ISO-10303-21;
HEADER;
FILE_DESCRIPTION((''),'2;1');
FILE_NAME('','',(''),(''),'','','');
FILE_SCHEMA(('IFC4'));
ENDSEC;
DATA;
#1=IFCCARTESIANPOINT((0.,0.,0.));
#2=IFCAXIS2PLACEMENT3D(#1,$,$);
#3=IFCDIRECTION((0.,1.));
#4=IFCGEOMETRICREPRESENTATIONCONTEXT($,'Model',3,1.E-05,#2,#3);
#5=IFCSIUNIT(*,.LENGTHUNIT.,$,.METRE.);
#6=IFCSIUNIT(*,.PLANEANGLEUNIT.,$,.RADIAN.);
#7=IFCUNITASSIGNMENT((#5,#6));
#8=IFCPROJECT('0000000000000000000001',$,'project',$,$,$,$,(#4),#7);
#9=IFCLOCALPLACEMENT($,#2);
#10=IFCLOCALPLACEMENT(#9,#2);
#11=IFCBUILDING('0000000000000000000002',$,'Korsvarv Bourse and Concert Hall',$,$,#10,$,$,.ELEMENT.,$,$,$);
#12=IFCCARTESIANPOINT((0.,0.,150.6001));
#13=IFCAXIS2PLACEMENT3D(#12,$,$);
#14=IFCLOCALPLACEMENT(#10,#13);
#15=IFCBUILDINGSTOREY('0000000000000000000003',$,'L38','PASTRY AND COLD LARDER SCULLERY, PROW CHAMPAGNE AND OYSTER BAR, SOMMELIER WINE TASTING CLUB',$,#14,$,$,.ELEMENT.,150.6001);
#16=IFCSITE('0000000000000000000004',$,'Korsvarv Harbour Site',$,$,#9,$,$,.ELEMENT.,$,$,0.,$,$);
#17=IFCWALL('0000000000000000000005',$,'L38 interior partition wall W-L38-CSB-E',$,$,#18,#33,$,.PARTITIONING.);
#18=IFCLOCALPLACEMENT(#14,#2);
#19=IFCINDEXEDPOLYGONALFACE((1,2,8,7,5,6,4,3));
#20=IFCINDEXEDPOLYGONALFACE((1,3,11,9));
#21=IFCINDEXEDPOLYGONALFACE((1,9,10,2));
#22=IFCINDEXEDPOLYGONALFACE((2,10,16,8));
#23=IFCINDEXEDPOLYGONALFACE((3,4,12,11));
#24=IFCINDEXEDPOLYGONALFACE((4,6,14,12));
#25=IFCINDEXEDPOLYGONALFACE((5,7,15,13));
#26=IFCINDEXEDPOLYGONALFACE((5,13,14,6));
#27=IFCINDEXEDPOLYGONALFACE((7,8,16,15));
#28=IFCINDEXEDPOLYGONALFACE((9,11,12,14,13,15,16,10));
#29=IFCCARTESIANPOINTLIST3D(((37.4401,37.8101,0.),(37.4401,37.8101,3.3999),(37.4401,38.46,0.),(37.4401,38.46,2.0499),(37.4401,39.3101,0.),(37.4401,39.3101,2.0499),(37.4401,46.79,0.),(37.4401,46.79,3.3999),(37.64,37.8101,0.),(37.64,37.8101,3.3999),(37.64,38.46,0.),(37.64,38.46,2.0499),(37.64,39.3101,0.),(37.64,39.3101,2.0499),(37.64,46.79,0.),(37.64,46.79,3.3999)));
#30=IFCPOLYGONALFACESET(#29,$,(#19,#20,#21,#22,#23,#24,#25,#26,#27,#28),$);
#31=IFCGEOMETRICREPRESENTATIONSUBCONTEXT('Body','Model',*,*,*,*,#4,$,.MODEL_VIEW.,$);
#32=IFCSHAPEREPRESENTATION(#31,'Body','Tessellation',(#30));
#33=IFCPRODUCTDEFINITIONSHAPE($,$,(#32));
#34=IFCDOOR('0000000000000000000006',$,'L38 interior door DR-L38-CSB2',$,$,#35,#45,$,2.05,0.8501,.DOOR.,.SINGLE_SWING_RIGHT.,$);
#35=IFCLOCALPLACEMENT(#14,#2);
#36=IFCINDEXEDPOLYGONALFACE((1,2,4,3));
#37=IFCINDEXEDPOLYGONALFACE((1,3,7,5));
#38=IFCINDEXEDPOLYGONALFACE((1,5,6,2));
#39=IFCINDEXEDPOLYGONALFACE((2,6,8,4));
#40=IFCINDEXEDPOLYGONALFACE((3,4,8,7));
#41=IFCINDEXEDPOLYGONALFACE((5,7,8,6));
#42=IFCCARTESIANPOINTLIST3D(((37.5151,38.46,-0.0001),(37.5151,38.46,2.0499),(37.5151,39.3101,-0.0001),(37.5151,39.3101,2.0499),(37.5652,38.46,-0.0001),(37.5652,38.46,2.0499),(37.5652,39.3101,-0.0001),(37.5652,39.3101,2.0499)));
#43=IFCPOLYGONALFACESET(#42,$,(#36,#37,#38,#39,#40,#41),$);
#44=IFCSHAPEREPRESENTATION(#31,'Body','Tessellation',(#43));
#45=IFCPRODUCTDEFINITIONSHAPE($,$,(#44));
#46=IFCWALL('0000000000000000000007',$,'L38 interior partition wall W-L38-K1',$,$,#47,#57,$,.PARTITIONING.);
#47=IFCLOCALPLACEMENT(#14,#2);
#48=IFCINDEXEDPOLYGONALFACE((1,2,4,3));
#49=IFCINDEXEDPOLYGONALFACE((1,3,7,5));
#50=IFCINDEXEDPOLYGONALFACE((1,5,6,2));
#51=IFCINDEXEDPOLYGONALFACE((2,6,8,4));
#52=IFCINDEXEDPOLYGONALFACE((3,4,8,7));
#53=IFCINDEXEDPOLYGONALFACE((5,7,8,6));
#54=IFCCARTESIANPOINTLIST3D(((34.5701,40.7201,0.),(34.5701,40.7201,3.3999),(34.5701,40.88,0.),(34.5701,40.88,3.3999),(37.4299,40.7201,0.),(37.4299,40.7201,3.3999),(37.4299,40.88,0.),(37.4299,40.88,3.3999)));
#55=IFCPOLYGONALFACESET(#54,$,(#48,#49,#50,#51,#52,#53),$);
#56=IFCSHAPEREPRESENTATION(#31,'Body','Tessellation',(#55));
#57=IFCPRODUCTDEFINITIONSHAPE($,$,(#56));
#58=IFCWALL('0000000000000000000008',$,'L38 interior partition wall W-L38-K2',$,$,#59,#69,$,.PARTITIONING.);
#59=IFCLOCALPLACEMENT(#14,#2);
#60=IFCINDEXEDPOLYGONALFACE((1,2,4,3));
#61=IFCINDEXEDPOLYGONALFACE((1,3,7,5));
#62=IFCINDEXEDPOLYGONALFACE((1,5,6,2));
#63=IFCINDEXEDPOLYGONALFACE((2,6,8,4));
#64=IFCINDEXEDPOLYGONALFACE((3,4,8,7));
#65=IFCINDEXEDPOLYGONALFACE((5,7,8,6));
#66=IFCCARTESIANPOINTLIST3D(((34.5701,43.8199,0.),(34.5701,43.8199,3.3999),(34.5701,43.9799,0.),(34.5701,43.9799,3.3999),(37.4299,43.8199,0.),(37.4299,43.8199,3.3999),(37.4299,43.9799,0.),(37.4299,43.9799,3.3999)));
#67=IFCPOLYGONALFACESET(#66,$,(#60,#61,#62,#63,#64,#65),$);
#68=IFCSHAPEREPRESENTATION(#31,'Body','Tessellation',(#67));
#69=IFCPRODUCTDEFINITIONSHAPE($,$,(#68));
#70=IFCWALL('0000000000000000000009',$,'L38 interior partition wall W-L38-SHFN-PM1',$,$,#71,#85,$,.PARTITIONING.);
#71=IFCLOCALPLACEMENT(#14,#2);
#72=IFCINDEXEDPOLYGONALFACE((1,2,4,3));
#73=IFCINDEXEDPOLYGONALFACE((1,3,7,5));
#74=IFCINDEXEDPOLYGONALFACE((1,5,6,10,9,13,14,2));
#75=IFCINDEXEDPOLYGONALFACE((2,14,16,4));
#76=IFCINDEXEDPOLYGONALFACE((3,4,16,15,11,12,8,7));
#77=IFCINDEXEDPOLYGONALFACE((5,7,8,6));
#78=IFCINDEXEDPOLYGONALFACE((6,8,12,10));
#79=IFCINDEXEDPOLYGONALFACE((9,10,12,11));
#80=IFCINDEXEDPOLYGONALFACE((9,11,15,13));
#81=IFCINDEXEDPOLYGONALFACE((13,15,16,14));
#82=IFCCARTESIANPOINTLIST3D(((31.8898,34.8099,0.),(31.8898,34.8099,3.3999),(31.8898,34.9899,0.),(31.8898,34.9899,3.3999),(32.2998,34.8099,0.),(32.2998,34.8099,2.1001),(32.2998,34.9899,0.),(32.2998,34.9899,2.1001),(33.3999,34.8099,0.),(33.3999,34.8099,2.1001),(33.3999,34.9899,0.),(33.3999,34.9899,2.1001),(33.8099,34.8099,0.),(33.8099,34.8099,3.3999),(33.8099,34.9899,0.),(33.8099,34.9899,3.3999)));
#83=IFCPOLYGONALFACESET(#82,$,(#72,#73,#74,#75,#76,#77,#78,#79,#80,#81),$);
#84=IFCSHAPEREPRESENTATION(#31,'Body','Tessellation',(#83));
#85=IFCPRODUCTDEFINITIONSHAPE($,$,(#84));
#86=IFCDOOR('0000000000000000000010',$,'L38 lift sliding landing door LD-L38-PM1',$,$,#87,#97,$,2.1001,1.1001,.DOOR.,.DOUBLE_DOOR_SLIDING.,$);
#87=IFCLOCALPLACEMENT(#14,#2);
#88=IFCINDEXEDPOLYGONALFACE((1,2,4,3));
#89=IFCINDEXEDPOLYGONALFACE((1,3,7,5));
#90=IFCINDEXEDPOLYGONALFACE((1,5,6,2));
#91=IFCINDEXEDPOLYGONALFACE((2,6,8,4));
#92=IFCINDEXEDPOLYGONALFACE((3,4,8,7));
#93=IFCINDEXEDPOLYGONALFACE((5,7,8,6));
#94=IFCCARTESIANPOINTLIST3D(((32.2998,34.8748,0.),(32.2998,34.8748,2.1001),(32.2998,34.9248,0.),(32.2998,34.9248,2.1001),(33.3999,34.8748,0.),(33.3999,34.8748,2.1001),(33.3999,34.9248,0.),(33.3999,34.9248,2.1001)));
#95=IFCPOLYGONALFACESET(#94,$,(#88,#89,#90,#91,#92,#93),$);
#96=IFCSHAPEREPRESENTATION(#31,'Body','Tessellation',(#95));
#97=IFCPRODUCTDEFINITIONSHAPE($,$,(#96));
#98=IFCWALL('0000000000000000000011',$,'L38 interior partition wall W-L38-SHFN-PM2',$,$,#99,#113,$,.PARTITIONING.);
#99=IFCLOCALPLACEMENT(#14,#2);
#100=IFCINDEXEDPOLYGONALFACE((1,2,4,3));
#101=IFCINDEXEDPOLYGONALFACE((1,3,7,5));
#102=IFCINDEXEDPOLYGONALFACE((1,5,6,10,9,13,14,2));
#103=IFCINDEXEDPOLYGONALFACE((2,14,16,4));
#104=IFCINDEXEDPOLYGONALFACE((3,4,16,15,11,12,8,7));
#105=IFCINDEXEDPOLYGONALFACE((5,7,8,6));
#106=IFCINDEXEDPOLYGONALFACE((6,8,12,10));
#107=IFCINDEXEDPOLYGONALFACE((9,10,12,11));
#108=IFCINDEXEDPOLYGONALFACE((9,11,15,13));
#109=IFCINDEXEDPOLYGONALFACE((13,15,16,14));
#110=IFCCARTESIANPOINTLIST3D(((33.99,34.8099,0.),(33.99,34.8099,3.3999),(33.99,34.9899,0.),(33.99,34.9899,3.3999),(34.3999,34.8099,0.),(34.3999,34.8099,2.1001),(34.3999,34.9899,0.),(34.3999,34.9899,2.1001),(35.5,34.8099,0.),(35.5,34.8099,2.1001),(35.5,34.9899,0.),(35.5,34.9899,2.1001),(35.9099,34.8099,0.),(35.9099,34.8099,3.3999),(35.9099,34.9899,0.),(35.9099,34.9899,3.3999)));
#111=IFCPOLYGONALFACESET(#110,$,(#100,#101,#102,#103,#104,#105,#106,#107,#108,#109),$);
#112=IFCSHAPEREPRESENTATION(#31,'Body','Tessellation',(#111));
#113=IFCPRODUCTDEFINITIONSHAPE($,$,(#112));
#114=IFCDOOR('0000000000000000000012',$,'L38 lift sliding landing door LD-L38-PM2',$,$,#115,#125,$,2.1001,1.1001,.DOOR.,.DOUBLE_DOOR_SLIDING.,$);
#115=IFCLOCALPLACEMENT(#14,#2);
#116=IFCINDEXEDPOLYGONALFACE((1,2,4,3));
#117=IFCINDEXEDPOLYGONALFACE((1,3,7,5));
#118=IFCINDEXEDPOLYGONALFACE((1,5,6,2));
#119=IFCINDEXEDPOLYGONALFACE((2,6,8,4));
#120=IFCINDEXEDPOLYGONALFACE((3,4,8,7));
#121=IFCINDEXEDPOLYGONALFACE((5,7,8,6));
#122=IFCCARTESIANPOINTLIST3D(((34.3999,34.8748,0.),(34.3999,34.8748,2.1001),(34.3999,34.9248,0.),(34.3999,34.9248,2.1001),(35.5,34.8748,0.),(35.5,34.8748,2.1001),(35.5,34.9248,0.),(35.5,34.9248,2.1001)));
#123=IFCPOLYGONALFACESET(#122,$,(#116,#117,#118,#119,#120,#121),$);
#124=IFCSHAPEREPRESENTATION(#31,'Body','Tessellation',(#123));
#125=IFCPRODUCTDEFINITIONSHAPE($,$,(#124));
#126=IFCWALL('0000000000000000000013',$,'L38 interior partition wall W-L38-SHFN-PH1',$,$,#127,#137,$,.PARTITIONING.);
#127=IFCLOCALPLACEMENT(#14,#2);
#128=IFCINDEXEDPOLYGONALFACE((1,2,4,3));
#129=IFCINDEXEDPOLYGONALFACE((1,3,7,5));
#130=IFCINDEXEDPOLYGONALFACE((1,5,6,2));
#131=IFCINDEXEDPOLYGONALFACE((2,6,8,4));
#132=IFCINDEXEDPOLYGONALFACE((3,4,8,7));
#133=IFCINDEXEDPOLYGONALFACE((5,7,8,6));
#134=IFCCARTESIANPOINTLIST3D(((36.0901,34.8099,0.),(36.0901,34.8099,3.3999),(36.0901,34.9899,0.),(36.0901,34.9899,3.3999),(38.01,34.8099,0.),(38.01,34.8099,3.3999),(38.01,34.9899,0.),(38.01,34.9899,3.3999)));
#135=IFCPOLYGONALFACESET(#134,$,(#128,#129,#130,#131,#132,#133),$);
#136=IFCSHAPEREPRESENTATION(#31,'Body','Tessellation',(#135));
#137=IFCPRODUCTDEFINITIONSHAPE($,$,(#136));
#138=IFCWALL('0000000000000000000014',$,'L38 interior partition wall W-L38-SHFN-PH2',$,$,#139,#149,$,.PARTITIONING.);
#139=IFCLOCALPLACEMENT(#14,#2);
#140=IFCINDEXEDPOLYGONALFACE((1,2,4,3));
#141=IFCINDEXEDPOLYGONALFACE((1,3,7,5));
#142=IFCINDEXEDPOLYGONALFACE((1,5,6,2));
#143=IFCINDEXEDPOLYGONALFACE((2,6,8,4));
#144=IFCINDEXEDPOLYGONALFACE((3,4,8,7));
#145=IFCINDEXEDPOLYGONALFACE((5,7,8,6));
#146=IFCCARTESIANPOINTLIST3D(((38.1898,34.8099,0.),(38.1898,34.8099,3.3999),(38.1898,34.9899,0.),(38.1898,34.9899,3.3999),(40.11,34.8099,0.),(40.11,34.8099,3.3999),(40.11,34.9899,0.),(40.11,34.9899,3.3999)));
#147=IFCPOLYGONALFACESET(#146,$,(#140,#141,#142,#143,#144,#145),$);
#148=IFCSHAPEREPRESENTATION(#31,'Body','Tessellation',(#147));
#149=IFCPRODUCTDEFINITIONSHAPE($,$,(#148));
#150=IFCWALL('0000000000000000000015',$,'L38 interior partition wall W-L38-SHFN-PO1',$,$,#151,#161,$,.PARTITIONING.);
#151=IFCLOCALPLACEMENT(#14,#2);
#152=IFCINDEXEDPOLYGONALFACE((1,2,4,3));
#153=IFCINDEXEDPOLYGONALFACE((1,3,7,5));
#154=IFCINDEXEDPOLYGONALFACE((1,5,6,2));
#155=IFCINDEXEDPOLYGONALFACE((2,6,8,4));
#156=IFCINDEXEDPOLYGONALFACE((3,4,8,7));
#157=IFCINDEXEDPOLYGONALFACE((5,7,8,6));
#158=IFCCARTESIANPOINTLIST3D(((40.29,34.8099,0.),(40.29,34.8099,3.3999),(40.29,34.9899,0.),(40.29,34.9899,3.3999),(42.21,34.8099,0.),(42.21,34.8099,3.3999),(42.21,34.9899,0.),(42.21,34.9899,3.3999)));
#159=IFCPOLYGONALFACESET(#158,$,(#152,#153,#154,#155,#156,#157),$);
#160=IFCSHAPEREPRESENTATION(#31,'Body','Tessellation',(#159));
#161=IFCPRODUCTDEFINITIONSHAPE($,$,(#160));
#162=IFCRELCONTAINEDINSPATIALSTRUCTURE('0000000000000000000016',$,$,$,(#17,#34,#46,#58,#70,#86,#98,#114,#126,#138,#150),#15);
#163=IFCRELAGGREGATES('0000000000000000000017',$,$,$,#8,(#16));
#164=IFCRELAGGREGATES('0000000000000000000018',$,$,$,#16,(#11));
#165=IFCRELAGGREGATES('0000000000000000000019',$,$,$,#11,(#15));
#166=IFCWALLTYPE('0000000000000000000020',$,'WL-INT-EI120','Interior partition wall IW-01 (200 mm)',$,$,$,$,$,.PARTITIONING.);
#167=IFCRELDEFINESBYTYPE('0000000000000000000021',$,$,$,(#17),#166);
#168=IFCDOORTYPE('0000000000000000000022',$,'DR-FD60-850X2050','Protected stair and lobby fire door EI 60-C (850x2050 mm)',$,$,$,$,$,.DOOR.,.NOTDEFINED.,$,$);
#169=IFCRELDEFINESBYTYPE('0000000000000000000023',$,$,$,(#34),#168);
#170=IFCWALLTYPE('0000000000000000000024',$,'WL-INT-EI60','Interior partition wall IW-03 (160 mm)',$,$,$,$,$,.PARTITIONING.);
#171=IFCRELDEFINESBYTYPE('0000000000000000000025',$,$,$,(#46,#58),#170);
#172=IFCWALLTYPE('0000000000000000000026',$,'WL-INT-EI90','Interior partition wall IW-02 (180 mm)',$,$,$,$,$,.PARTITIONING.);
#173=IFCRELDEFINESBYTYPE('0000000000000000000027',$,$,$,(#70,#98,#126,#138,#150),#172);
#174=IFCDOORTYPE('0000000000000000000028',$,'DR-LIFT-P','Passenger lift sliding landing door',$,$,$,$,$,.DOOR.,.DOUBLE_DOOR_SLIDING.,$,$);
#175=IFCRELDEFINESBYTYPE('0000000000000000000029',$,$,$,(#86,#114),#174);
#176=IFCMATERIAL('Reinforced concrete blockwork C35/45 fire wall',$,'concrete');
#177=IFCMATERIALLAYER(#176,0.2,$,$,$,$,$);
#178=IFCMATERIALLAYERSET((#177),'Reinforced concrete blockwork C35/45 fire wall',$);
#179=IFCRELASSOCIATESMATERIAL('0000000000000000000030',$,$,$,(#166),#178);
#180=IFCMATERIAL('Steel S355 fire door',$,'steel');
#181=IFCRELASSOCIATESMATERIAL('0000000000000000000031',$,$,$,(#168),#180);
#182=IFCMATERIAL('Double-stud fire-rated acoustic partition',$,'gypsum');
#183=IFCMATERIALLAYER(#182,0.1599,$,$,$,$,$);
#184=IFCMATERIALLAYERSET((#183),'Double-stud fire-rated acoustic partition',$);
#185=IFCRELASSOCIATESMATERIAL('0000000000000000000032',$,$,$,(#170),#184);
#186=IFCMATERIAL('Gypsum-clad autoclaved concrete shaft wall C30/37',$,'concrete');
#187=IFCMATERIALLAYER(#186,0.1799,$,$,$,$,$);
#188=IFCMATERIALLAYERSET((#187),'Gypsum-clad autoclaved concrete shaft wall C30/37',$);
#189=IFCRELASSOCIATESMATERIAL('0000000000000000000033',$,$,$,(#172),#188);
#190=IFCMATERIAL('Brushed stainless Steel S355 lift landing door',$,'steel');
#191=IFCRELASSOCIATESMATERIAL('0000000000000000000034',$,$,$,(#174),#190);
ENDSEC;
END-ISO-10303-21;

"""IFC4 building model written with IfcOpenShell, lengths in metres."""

from ifc_helpers import new_model, si_unit, direction, frame, frame_2d, origin, place, context, subcontext, project, spatial, rectangle, extrude, material, layer, layer_set, type_object, element, fill, save


model = new_model("IFC4")

# Units and contexts
model_context = context("Model", 3, precision=1e-05, world=origin(), true_north=direction((0.0, 1.0)))
body_context = subcontext(model_context, "Body", "Model", "MODEL_VIEW")
ifc_project = project(units=[si_unit("LENGTHUNIT", "METRE"), si_unit("PLANEANGLEUNIT", "RADIAN")], contexts=[model_context])

# Site, building, storey
site_placement = place(None, origin())
site = spatial("IfcSite", under=ifc_project, at=site_placement, Name="Korsvarv Harbour Site", CompositionType="ELEMENT", RefElevation=0.0)
building_placement = place(site_placement, origin())
building = spatial("IfcBuilding", under=site, at=building_placement, Name="Korsvarv Bourse and Concert Hall", CompositionType="ELEMENT")
storey_placement = place(building_placement, frame((0.0, 0.0, 150.6001)))
storey = spatial("IfcBuildingStorey", under=building, at=storey_placement, Name="L38", Description="PASTRY AND COLD LARDER SCULLERY, PROW CHAMPAGNE AND OYSTER BAR, SOMMELIER WINE TASTING CLUB", CompositionType="ELEMENT", Elevation=150.6001)

# Shared definitions
ifc_material_1 = material(Name="Steel S355 fire door", Category="steel")

# Wall, opening, door
ifc_material_2 = material(Name="Reinforced concrete blockwork C35/45 fire wall", Category="concrete")
ifc_layer_1 = layer(ifc_material_2, 0.2)
ifc_layer_set_1 = layer_set([ifc_layer_1], Name="Reinforced concrete blockwork C35/45 fire wall")
wall_type_1 = type_object("IfcWallType", Name="WL-INT-EI120", Description="Interior partition wall IW-01 (200 mm)", PredefinedType="PARTITIONING", material=ifc_layer_set_1)
door_type_1 = type_object("IfcDoorType", Name="DR-FD60-850X2050", Description="Protected stair and lobby fire door EI 60-C (850x2050 mm)", OperationType="NOTDEFINED", PredefinedType="DOOR", material=ifc_material_1)
wall_1_placement = place(storey_placement, frame((37.54, 37.8101, 0.0), z_axis=(0.0, 0.0, 1.0), x_axis=(0.0, 1.0, 0.0)))
wall_1 = element("IfcWall", 1, at=wall_1_placement, inside=storey, type_object=wall_type_1, Name="L38 interior partition wall W-L38-CSB-E", PredefinedType="PARTITIONING", context=body_context, shape_type="SweptSolid", body=[
    extrude(rectangle(XDim=8.98, YDim=0.2, at=frame_2d((4.49, 0.0))), origin(), (0.0, 0.0, 1.0), 3.3999),
])
opening_1_placement = place(wall_1_placement, frame((0.6499, 0.0, 0.0)))
opening_1 = element("IfcOpeningElement", 2, at=opening_1_placement, cuts=wall_1, PredefinedType="OPENING", context=body_context, shape_type="SweptSolid", body=[
    extrude(rectangle(XDim=0.8501, YDim=2.05, at=frame_2d((0.425, 1.0249))), frame((0.0, 0.1099, 0.0), z_axis=(0.0, -1.0, 0.0), x_axis=(1.0, 0.0, 0.0)), (0.0, 0.0, 1.0), 0.22),
])
door_1_placement = place(opening_1_placement, origin())
door_1 = element("IfcDoor", 3, at=door_1_placement, inside=storey, type_object=door_type_1, Name="L38 interior door DR-L38-CSB2", OperationType="SINGLE_SWING_RIGHT", OverallHeight=2.05, OverallWidth=0.8501, PredefinedType="DOOR", context=body_context, shape_type="SweptSolid", body=[
    extrude(rectangle(XDim=0.8501, YDim=2.05, at=frame_2d((0.425, 1.0249))), frame((0.0, 0.0249, 0.0), z_axis=(0.0, -1.0, 0.0), x_axis=(1.0, 0.0, 0.0)), (0.0, 0.0, 1.0), 0.05),
])
fill(opening_1, door_1)

# Walls
ifc_material_3 = material(Name="Double-stud fire-rated acoustic partition", Category="gypsum")
ifc_layer_2 = layer(ifc_material_3, 0.1599)
ifc_layer_set_2 = layer_set([ifc_layer_2], Name="Double-stud fire-rated acoustic partition")
wall_type_2 = type_object("IfcWallType", Name="WL-INT-EI60", Description="Interior partition wall IW-03 (160 mm)", PredefinedType="PARTITIONING", material=ifc_layer_set_2)
for number, where, z_axis, x_axis, name in (
    (4, (34.5701, 40.8, 0.0), (0.0, 0.0, 1.0), (1.0, 0.0, 0.0), "L38 interior partition wall W-L38-K1"),
    (5, (34.5701, 43.8999, 0.0), (0.0, 0.0, 1.0), (1.0, 0.0, 0.0), "L38 interior partition wall W-L38-K2"),
):
    element("IfcWall", number, at=place(storey_placement, frame(where, z_axis=z_axis, x_axis=x_axis)), inside=storey, type_object=wall_type_2, Name=name, PredefinedType="PARTITIONING", context=body_context, shape_type="SweptSolid", body=[
        extrude(rectangle(XDim=2.8599, YDim=0.1599, at=frame_2d((1.4299, 0.0))), origin(), (0.0, 0.0, 1.0), 3.3999),
    ])

# Walls, openings, doors
ifc_material_4 = material(Name="Gypsum-clad autoclaved concrete shaft wall C30/37", Category="concrete")
ifc_layer_3 = layer(ifc_material_4, 0.1799)
ifc_layer_set_3 = layer_set([ifc_layer_3], Name="Gypsum-clad autoclaved concrete shaft wall C30/37")
wall_type_3 = type_object("IfcWallType", Name="WL-INT-EI90", Description="Interior partition wall IW-02 (180 mm)", PredefinedType="PARTITIONING", material=ifc_layer_set_3)
wall_2_placement = place(storey_placement, frame((31.8899, 34.8999, 0.0), z_axis=(0.0, 0.0, 1.0), x_axis=(1.0, 0.0, 0.0)))
wall_2 = element("IfcWall", 6, at=wall_2_placement, inside=storey, type_object=wall_type_3, Name="L38 interior partition wall W-L38-SHFN-PM1", PredefinedType="PARTITIONING", context=body_context, shape_type="SweptSolid", body=[
    extrude(rectangle(XDim=1.9202, YDim=0.1799, at=frame_2d((0.96, 0.0))), origin(), (0.0, 0.0, 1.0), 3.3999),
])
opening_2_placement = place(wall_2_placement, frame((0.4099, 0.0, 0.0)))
opening_2 = element("IfcOpeningElement", 7, at=opening_2_placement, cuts=wall_2, PredefinedType="OPENING", context=body_context, shape_type="SweptSolid", body=[
    extrude(rectangle(XDim=1.1001, YDim=2.1001, at=frame_2d((0.55, 1.05))), frame((0.0, 0.1001, 0.0), z_axis=(0.0, -1.0, 0.0), x_axis=(1.0, 0.0, 0.0)), (0.0, 0.0, 1.0), 0.2),
])
ifc_material_5 = material(Name="Brushed stainless Steel S355 lift landing door", Category="steel")
door_type_2 = type_object("IfcDoorType", Name="DR-LIFT-P", Description="Passenger lift sliding landing door", OperationType="DOUBLE_DOOR_SLIDING", PredefinedType="DOOR", material=ifc_material_5)
door_2_placement = place(opening_2_placement, origin())
door_2 = element("IfcDoor", 8, at=door_2_placement, inside=storey, type_object=door_type_2, Name="L38 lift sliding landing door LD-L38-PM1", OperationType="DOUBLE_DOOR_SLIDING", OverallHeight=2.1001, OverallWidth=1.1001, PredefinedType="DOOR", context=body_context, shape_type="SweptSolid", body=[
    extrude(rectangle(XDim=1.1001, YDim=2.1001, at=frame_2d((0.55, 1.05))), frame((0.0, 0.0249, 0.0), z_axis=(0.0, -1.0, 0.0), x_axis=(1.0, 0.0, 0.0)), (0.0, 0.0, 1.0), 0.05),
])
fill(opening_2, door_2)
wall_3_placement = place(storey_placement, frame((33.99, 34.8999, 0.0), z_axis=(0.0, 0.0, 1.0), x_axis=(1.0, 0.0, 0.0)))
wall_3 = element("IfcWall", 9, at=wall_3_placement, inside=storey, type_object=wall_type_3, Name="L38 interior partition wall W-L38-SHFN-PM2", PredefinedType="PARTITIONING", context=body_context, shape_type="SweptSolid", body=[
    extrude(rectangle(XDim=1.9199, YDim=0.1799, at=frame_2d((0.96, 0.0))), origin(), (0.0, 0.0, 1.0), 3.3999),
])
opening_3_placement = place(wall_3_placement, frame((0.4099, 0.0, 0.0)))
opening_3 = element("IfcOpeningElement", 10, at=opening_3_placement, cuts=wall_3, PredefinedType="OPENING", context=body_context, shape_type="SweptSolid", body=[
    extrude(rectangle(XDim=1.1001, YDim=2.1001, at=frame_2d((0.55, 1.05))), frame((0.0, 0.1001, 0.0), z_axis=(0.0, -1.0, 0.0), x_axis=(1.0, 0.0, 0.0)), (0.0, 0.0, 1.0), 0.2),
])
door_3_placement = place(opening_3_placement, origin())
door_3 = element("IfcDoor", 11, at=door_3_placement, inside=storey, type_object=door_type_2, Name="L38 lift sliding landing door LD-L38-PM2", OperationType="DOUBLE_DOOR_SLIDING", OverallHeight=2.1001, OverallWidth=1.1001, PredefinedType="DOOR", context=body_context, shape_type="SweptSolid", body=[
    extrude(rectangle(XDim=1.1001, YDim=2.1001, at=frame_2d((0.55, 1.05))), frame((0.0, 0.0249, 0.0), z_axis=(0.0, -1.0, 0.0), x_axis=(1.0, 0.0, 0.0)), (0.0, 0.0, 1.0), 0.05),
])
fill(opening_3, door_3)

# Walls
wall_4_placement = place(storey_placement, frame((36.0901, 34.8999, 0.0), z_axis=(0.0, 0.0, 1.0), x_axis=(1.0, 0.0, 0.0)))
element("IfcWall", 12, at=wall_4_placement, inside=storey, type_object=wall_type_3, Name="L38 interior partition wall W-L38-SHFN-PH1", PredefinedType="PARTITIONING", context=body_context, shape_type="SweptSolid", body=[
    extrude(rectangle(XDim=1.9199, YDim=0.1799, at=frame_2d((0.96, 0.0))), origin(), (0.0, 0.0, 1.0), 3.3999),
])
wall_5_placement = place(storey_placement, frame((38.1899, 34.8999, 0.0), z_axis=(0.0, 0.0, 1.0), x_axis=(1.0, 0.0, 0.0)))
element("IfcWall", 13, at=wall_5_placement, inside=storey, type_object=wall_type_3, Name="L38 interior partition wall W-L38-SHFN-PH2", PredefinedType="PARTITIONING", context=body_context, shape_type="SweptSolid", body=[
    extrude(rectangle(XDim=1.9202, YDim=0.1799, at=frame_2d((0.96, 0.0))), origin(), (0.0, 0.0, 1.0), 3.3999),
])
wall_6_placement = place(storey_placement, frame((40.29, 34.8999, 0.0), z_axis=(0.0, 0.0, 1.0), x_axis=(1.0, 0.0, 0.0)))
element("IfcWall", 14, at=wall_6_placement, inside=storey, type_object=wall_type_3, Name="L38 interior partition wall W-L38-SHFN-PO1", PredefinedType="PARTITIONING", context=body_context, shape_type="SweptSolid", body=[
    extrude(rectangle(XDim=1.9199, YDim=0.1799, at=frame_2d((0.96, 0.0))), origin(), (0.0, 0.0, 1.0), 3.3999),
])

save(model, "model.ifc")
